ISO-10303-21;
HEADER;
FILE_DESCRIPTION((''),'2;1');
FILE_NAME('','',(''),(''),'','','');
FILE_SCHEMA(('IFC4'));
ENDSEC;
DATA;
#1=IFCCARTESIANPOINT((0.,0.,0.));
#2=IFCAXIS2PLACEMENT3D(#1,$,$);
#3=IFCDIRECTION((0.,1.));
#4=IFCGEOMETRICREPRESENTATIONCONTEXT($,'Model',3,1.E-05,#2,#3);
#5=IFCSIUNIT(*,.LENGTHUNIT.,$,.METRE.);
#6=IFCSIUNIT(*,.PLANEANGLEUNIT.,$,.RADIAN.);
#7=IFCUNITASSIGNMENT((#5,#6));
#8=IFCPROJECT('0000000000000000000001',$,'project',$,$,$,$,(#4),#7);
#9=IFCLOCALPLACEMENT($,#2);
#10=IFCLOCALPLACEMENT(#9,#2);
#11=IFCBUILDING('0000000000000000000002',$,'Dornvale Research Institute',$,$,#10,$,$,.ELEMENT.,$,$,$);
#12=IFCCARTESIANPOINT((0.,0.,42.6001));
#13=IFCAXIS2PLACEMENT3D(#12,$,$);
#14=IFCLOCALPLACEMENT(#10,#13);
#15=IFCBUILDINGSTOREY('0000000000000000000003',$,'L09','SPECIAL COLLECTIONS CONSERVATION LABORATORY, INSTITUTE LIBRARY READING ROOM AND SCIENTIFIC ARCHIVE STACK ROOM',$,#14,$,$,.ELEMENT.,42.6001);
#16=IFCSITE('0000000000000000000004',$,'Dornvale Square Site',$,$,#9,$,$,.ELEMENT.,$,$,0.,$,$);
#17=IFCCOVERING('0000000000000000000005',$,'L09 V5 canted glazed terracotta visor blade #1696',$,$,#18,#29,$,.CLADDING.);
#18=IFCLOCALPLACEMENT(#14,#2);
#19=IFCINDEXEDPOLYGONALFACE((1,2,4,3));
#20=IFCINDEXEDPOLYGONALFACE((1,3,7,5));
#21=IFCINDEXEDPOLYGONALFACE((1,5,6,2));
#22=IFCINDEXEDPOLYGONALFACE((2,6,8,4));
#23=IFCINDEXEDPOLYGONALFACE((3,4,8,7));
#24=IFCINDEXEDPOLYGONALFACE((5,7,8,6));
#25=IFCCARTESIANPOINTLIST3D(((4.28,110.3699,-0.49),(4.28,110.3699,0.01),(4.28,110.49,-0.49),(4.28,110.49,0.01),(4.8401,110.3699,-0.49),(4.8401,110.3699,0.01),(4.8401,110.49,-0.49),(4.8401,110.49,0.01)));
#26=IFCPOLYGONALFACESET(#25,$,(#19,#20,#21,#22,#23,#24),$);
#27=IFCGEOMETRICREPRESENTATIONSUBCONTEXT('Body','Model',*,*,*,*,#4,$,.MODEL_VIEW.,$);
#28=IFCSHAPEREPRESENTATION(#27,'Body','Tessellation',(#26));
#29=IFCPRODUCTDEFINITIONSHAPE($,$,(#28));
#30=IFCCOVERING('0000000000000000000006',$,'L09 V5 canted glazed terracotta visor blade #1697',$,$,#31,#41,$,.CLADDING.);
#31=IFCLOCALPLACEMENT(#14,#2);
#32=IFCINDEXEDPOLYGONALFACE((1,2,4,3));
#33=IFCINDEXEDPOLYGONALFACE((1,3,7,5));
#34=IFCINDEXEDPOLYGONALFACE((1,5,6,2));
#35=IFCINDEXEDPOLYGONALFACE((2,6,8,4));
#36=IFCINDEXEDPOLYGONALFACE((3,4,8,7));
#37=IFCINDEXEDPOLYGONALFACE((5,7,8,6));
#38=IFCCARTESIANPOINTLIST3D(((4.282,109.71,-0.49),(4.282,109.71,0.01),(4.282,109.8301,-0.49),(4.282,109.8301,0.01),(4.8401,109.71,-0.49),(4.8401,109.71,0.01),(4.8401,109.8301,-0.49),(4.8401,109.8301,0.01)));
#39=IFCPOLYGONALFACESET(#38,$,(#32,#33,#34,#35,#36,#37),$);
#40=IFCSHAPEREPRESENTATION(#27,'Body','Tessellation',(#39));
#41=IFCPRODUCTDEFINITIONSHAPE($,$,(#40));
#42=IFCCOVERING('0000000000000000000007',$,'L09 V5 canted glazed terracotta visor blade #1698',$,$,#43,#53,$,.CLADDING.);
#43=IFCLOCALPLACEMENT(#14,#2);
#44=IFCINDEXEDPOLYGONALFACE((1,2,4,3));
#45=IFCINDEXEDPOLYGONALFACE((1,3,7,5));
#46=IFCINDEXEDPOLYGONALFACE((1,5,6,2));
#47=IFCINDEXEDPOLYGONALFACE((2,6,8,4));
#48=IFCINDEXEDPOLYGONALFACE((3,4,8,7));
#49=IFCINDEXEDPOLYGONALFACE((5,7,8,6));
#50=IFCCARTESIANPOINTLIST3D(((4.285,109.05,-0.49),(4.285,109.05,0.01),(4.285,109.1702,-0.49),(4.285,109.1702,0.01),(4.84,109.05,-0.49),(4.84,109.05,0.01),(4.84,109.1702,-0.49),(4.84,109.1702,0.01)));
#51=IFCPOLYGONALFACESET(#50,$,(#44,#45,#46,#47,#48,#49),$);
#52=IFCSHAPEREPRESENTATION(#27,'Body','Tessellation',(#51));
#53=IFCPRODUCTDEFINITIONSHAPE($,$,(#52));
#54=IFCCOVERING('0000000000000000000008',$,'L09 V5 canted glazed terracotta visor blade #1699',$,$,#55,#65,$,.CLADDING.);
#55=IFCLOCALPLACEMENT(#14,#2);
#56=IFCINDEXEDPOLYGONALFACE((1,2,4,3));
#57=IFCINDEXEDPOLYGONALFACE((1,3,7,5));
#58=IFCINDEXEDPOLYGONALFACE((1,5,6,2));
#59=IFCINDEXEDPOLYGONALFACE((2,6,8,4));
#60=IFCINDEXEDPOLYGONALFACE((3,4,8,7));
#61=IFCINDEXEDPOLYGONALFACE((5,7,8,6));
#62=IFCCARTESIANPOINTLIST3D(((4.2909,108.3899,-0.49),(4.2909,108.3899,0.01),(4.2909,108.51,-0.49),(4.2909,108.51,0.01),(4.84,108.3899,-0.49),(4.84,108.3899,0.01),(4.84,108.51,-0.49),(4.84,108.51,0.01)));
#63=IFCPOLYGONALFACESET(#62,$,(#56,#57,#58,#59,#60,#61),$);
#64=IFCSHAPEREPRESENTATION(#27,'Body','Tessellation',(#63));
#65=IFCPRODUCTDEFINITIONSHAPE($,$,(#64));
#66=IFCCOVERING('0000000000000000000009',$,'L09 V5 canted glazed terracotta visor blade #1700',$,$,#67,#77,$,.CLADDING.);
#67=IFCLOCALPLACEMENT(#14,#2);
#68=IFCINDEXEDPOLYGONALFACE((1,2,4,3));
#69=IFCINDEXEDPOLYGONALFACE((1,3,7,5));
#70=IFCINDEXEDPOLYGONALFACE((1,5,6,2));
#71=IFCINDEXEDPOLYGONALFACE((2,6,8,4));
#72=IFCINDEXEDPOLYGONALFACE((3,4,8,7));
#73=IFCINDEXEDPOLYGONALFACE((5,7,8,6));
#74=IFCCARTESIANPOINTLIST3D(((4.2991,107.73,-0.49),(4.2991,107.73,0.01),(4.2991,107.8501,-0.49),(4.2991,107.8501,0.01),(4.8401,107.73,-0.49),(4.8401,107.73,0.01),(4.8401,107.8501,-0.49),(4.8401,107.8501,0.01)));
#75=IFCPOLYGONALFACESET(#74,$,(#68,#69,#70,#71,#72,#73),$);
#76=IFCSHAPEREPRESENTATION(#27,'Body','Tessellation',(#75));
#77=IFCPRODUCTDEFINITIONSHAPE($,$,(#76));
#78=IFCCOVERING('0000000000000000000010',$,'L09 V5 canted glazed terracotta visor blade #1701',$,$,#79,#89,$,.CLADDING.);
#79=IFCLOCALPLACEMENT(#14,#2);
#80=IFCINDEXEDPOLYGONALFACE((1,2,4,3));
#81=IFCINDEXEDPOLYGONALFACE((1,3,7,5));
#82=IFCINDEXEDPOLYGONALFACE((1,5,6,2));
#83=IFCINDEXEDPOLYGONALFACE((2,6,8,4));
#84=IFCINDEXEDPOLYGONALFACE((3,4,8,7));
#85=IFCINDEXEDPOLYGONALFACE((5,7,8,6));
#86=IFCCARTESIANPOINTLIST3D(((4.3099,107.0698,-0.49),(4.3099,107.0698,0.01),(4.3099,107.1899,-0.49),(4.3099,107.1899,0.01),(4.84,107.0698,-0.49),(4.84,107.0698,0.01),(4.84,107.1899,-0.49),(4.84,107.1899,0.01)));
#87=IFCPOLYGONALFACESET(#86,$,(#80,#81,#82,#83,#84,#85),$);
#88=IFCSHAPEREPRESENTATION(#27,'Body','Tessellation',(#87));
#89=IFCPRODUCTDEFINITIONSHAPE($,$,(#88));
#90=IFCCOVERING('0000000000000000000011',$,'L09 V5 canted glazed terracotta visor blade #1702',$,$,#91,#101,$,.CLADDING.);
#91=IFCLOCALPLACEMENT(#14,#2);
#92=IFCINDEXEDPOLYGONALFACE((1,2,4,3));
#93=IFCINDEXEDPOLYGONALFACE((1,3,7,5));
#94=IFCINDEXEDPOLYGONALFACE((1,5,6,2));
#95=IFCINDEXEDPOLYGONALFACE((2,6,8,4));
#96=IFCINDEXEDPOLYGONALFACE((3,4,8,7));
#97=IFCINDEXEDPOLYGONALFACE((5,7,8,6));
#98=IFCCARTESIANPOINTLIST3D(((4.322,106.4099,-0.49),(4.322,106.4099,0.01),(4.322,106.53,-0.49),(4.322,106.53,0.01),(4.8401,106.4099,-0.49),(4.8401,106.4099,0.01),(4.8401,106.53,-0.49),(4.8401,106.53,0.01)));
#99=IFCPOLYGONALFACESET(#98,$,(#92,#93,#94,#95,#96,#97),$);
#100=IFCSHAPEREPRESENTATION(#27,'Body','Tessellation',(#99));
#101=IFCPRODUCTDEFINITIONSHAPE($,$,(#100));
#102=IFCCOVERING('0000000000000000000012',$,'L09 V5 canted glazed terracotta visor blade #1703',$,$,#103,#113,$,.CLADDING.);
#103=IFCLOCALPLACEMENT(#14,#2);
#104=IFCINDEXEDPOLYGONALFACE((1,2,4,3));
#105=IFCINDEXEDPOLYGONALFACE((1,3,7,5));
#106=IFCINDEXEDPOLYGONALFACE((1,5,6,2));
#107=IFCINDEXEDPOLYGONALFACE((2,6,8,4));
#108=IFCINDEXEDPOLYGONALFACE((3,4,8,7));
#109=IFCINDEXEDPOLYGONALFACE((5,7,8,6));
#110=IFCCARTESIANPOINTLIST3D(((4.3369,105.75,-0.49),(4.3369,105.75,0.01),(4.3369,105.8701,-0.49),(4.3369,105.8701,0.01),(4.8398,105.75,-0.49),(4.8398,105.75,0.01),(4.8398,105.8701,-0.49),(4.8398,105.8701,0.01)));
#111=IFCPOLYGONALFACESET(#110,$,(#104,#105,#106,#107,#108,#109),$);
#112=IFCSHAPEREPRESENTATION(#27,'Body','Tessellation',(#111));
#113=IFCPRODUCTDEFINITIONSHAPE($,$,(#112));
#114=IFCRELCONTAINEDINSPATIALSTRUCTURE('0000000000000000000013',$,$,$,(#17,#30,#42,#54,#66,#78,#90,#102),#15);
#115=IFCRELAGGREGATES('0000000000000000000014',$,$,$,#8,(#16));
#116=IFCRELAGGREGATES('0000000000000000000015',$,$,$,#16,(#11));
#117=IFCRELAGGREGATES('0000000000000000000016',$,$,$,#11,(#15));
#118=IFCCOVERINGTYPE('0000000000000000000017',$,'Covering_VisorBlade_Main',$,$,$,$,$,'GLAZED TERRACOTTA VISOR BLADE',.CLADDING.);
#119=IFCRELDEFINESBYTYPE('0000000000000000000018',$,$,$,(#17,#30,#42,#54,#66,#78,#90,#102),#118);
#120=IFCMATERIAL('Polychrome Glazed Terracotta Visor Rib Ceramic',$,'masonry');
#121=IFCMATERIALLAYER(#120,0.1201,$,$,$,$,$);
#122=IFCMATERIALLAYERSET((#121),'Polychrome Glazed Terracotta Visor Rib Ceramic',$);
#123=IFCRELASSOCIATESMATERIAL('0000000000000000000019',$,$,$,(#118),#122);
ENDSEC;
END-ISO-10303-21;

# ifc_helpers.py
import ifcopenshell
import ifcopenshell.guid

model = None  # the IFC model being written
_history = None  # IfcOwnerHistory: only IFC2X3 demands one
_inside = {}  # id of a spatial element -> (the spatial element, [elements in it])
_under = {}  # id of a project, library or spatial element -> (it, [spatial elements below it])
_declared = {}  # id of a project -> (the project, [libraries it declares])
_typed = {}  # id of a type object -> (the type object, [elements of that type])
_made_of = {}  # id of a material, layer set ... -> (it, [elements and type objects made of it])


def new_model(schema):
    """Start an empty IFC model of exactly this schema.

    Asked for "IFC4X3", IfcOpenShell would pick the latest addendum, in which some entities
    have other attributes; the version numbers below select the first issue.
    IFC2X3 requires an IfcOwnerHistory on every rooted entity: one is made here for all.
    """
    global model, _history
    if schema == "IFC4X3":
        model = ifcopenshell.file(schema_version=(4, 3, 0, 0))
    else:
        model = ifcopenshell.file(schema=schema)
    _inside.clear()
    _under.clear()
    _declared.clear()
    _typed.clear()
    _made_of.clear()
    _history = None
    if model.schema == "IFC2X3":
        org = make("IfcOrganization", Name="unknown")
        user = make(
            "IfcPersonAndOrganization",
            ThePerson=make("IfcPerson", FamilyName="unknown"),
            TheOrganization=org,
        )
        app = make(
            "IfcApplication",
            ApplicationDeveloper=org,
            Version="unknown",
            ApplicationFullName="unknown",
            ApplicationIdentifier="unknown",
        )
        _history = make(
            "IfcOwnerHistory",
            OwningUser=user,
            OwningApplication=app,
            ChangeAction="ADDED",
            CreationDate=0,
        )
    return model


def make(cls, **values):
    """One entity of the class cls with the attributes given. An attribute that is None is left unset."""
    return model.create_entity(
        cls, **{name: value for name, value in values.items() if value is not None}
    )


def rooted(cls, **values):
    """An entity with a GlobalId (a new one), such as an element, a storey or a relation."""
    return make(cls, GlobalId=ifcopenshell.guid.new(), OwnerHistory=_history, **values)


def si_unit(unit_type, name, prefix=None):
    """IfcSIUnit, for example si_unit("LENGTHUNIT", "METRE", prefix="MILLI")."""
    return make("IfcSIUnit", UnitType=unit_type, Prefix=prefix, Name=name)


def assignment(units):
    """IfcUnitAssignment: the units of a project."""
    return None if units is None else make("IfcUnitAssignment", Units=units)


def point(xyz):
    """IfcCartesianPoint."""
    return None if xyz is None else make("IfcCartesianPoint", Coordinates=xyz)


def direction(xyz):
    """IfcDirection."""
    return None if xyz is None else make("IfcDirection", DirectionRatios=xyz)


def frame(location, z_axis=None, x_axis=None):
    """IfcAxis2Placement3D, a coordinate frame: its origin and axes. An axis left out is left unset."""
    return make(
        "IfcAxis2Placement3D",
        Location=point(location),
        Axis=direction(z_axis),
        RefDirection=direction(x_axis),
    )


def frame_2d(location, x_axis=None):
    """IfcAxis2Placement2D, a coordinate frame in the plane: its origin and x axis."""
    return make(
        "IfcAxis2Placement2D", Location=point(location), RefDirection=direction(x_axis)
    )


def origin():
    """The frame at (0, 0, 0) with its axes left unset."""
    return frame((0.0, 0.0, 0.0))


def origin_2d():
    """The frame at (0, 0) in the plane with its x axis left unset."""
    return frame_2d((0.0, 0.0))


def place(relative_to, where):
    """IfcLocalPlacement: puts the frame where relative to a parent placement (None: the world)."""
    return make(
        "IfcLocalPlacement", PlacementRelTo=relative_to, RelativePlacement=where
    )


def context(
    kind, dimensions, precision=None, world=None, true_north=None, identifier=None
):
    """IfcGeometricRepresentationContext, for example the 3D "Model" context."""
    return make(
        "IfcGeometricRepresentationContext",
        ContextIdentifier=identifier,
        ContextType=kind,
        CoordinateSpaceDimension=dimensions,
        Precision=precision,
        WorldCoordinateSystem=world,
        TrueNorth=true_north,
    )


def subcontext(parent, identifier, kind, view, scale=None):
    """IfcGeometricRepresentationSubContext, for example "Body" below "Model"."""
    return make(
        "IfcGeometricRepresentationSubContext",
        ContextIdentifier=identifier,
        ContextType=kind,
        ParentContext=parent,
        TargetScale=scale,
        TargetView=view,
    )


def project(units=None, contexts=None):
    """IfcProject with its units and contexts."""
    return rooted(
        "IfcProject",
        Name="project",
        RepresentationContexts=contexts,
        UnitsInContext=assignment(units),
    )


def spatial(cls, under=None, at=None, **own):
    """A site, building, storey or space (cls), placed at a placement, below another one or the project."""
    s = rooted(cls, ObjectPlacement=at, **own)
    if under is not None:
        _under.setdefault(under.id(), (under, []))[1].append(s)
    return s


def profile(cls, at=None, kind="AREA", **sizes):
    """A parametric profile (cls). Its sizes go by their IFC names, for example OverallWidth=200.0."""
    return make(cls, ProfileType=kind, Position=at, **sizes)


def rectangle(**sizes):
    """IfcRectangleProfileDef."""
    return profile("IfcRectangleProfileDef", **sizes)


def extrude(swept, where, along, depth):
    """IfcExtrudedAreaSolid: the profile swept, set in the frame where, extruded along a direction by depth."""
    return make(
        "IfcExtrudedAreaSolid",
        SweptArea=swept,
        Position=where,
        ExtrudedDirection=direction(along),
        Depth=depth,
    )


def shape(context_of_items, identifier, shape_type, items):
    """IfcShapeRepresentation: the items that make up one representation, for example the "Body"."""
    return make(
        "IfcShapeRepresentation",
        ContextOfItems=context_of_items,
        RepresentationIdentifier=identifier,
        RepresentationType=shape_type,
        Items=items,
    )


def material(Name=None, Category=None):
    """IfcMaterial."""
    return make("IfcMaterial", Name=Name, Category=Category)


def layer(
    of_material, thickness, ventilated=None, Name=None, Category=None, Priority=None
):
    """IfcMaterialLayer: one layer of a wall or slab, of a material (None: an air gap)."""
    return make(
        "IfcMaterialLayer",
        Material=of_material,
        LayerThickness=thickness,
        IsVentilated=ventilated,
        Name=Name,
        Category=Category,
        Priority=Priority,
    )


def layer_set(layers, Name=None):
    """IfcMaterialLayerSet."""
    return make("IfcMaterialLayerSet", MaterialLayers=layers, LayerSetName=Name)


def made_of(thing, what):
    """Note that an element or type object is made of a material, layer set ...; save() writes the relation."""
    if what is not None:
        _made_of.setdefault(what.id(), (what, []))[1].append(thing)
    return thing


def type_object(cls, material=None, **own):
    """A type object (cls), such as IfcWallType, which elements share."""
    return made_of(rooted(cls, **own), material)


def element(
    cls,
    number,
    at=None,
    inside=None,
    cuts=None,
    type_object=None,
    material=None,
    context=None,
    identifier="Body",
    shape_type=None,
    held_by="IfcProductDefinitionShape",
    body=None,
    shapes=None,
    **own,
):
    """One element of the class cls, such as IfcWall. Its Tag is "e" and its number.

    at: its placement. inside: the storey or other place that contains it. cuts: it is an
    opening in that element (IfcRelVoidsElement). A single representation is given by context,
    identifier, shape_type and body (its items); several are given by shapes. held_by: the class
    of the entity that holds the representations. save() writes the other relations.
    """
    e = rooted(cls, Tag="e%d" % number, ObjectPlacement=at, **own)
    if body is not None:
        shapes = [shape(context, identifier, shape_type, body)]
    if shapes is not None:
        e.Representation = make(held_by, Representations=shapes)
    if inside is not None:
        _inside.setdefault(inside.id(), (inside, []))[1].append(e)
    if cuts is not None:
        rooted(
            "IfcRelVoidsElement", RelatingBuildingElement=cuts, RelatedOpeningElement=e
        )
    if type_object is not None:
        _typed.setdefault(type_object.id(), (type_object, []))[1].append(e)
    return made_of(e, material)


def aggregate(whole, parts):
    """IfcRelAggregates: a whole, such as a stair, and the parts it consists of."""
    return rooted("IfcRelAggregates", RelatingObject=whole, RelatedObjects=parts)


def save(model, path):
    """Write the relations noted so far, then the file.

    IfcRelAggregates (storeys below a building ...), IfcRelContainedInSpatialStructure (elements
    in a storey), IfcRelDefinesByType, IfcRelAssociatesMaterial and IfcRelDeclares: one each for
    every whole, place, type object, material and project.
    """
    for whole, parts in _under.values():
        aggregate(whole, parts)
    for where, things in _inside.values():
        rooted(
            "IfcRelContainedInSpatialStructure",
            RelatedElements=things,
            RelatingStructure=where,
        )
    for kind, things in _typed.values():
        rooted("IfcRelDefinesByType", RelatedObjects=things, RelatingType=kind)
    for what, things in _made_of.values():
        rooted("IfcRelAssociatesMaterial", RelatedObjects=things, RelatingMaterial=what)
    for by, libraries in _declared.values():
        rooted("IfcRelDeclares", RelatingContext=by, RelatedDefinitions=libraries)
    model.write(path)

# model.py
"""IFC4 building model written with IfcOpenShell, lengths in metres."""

from ifc_helpers import new_model, si_unit, direction, frame, origin, origin_2d, place, context, subcontext, project, spatial, rectangle, extrude, material, layer, layer_set, type_object, element, save


model = new_model("IFC4")

# Units and contexts
model_context = context("Model", 3, precision=1e-05, world=origin(), true_north=direction((0.0, 1.0)))
body_context = subcontext(model_context, "Body", "Model", "MODEL_VIEW")
ifc_project = project(units=[si_unit("LENGTHUNIT", "METRE"), si_unit("PLANEANGLEUNIT", "RADIAN")], contexts=[model_context])

# Site, building, storey
site_placement = place(None, origin())
site = spatial("IfcSite", under=ifc_project, at=site_placement, Name="Dornvale Square Site", CompositionType="ELEMENT", RefElevation=0.0)
building_placement = place(site_placement, origin())
building = spatial("IfcBuilding", under=site, at=building_placement, Name="Dornvale Research Institute", CompositionType="ELEMENT")
storey_placement = place(building_placement, frame((0.0, 0.0, 42.6001)))
storey = spatial("IfcBuildingStorey", under=building, at=storey_placement, Name="L09", Description="SPECIAL COLLECTIONS CONSERVATION LABORATORY, INSTITUTE LIBRARY READING ROOM AND SCIENTIFIC ARCHIVE STACK ROOM", CompositionType="ELEMENT", Elevation=42.6001)

# Coverings
ifc_material_1 = material(Name="Polychrome Glazed Terracotta Visor Rib Ceramic", Category="masonry")
ifc_layer_1 = layer(ifc_material_1, 0.1201)
ifc_layer_set_1 = layer_set([ifc_layer_1], Name="Polychrome Glazed Terracotta Visor Rib Ceramic")
covering_type = type_object("IfcCoveringType", Name="Covering_VisorBlade_Main", ElementType="GLAZED TERRACOTTA VISOR BLADE", PredefinedType="CLADDING", material=ifc_layer_set_1)
covering_1_placement = place(storey_placement, frame((4.5601, 110.4299, -0.49), z_axis=(0.0, 0.0, 1.0), x_axis=(1.0, 0.0, 0.0)))
element("IfcCovering", 1, at=covering_1_placement, inside=storey, type_object=covering_type, Name="L09 V5 canted glazed terracotta visor blade #1696", PredefinedType="CLADDING", context=body_context, shape_type="SweptSolid", body=[
    extrude(rectangle(XDim=0.5601, YDim=0.1201, at=origin_2d()), origin(), (0.0, 0.0, 1.0), 0.5),
])
covering_2_placement = place(storey_placement, frame((4.561, 109.77, -0.49), z_axis=(0.0, 0.0, 1.0), x_axis=(1.0, 0.0, 0.0)))
element("IfcCovering", 2, at=covering_2_placement, inside=storey, type_object=covering_type, Name="L09 V5 canted glazed terracotta visor blade #1697", PredefinedType="CLADDING", context=body_context, shape_type="SweptSolid", body=[
    extrude(rectangle(XDim=0.5581, YDim=0.1201, at=origin_2d()), origin(), (0.0, 0.0, 1.0), 0.5),
])
covering_3_placement = place(storey_placement, frame((4.5625, 109.1101, -0.49), z_axis=(0.0, 0.0, 1.0), x_axis=(1.0, 0.0, 0.0)))
element("IfcCovering", 3, at=covering_3_placement, inside=storey, type_object=covering_type, Name="L09 V5 canted glazed terracotta visor blade #1698", PredefinedType="CLADDING", context=body_context, shape_type="SweptSolid", body=[
    extrude(rectangle(XDim=0.5549, YDim=0.1201, at=origin_2d()), origin(), (0.0, 0.0, 1.0), 0.5),
])
covering_4_placement = place(storey_placement, frame((4.5654, 108.45, -0.49), z_axis=(0.0, 0.0, 1.0), x_axis=(1.0, 0.0, 0.0)))
element("IfcCovering", 4, at=covering_4_placement, inside=storey, type_object=covering_type, Name="L09 V5 canted glazed terracotta visor blade #1699", PredefinedType="CLADDING", context=body_context, shape_type="SweptSolid", body=[
    extrude(rectangle(XDim=0.5491, YDim=0.1201, at=origin_2d()), origin(), (0.0, 0.0, 1.0), 0.5),
])
covering_5_placement = place(storey_placement, frame((4.5696, 107.79, -0.49), z_axis=(0.0, 0.0, 1.0), x_axis=(1.0, 0.0, 0.0)))
element("IfcCovering", 5, at=covering_5_placement, inside=storey, type_object=covering_type, Name="L09 V5 canted glazed terracotta visor blade #1700", PredefinedType="CLADDING", context=body_context, shape_type="SweptSolid", body=[
    extrude(rectangle(XDim=0.541, YDim=0.1201, at=origin_2d()), origin(), (0.0, 0.0, 1.0), 0.5),
])
covering_6_placement = place(storey_placement, frame((4.575, 107.1299, -0.49), z_axis=(0.0, 0.0, 1.0), x_axis=(1.0, 0.0, 0.0)))
element("IfcCovering", 6, at=covering_6_placement, inside=storey, type_object=covering_type, Name="L09 V5 canted glazed terracotta visor blade #1701", PredefinedType="CLADDING", context=body_context, shape_type="SweptSolid", body=[
    extrude(rectangle(XDim=0.53, YDim=0.1201, at=origin_2d()), origin(), (0.0, 0.0, 1.0), 0.5),
])
covering_7_placement = place(storey_placement, frame((4.5811, 106.47, -0.49), z_axis=(0.0, 0.0, 1.0), x_axis=(1.0, 0.0, 0.0)))
element("IfcCovering", 7, at=covering_7_placement, inside=storey, type_object=covering_type, Name="L09 V5 canted glazed terracotta visor blade #1702", PredefinedType="CLADDING", context=body_context, shape_type="SweptSolid", body=[
    extrude(rectangle(XDim=0.5181, YDim=0.1201, at=origin_2d()), origin(), (0.0, 0.0, 1.0), 0.5),
])
covering_8_placement = place(storey_placement, frame((4.5884, 105.8101, -0.49), z_axis=(0.0, 0.0, 1.0), x_axis=(1.0, 0.0, 0.0)))
element("IfcCovering", 8, at=covering_8_placement, inside=storey, type_object=covering_type, Name="L09 V5 canted glazed terracotta visor blade #1703", PredefinedType="CLADDING", context=body_context, shape_type="SweptSolid", body=[
    extrude(rectangle(XDim=0.5029, YDim=0.1201, at=origin_2d()), origin(), (0.0, 0.0, 1.0), 0.5),
])

save(model, "model.ifc")
